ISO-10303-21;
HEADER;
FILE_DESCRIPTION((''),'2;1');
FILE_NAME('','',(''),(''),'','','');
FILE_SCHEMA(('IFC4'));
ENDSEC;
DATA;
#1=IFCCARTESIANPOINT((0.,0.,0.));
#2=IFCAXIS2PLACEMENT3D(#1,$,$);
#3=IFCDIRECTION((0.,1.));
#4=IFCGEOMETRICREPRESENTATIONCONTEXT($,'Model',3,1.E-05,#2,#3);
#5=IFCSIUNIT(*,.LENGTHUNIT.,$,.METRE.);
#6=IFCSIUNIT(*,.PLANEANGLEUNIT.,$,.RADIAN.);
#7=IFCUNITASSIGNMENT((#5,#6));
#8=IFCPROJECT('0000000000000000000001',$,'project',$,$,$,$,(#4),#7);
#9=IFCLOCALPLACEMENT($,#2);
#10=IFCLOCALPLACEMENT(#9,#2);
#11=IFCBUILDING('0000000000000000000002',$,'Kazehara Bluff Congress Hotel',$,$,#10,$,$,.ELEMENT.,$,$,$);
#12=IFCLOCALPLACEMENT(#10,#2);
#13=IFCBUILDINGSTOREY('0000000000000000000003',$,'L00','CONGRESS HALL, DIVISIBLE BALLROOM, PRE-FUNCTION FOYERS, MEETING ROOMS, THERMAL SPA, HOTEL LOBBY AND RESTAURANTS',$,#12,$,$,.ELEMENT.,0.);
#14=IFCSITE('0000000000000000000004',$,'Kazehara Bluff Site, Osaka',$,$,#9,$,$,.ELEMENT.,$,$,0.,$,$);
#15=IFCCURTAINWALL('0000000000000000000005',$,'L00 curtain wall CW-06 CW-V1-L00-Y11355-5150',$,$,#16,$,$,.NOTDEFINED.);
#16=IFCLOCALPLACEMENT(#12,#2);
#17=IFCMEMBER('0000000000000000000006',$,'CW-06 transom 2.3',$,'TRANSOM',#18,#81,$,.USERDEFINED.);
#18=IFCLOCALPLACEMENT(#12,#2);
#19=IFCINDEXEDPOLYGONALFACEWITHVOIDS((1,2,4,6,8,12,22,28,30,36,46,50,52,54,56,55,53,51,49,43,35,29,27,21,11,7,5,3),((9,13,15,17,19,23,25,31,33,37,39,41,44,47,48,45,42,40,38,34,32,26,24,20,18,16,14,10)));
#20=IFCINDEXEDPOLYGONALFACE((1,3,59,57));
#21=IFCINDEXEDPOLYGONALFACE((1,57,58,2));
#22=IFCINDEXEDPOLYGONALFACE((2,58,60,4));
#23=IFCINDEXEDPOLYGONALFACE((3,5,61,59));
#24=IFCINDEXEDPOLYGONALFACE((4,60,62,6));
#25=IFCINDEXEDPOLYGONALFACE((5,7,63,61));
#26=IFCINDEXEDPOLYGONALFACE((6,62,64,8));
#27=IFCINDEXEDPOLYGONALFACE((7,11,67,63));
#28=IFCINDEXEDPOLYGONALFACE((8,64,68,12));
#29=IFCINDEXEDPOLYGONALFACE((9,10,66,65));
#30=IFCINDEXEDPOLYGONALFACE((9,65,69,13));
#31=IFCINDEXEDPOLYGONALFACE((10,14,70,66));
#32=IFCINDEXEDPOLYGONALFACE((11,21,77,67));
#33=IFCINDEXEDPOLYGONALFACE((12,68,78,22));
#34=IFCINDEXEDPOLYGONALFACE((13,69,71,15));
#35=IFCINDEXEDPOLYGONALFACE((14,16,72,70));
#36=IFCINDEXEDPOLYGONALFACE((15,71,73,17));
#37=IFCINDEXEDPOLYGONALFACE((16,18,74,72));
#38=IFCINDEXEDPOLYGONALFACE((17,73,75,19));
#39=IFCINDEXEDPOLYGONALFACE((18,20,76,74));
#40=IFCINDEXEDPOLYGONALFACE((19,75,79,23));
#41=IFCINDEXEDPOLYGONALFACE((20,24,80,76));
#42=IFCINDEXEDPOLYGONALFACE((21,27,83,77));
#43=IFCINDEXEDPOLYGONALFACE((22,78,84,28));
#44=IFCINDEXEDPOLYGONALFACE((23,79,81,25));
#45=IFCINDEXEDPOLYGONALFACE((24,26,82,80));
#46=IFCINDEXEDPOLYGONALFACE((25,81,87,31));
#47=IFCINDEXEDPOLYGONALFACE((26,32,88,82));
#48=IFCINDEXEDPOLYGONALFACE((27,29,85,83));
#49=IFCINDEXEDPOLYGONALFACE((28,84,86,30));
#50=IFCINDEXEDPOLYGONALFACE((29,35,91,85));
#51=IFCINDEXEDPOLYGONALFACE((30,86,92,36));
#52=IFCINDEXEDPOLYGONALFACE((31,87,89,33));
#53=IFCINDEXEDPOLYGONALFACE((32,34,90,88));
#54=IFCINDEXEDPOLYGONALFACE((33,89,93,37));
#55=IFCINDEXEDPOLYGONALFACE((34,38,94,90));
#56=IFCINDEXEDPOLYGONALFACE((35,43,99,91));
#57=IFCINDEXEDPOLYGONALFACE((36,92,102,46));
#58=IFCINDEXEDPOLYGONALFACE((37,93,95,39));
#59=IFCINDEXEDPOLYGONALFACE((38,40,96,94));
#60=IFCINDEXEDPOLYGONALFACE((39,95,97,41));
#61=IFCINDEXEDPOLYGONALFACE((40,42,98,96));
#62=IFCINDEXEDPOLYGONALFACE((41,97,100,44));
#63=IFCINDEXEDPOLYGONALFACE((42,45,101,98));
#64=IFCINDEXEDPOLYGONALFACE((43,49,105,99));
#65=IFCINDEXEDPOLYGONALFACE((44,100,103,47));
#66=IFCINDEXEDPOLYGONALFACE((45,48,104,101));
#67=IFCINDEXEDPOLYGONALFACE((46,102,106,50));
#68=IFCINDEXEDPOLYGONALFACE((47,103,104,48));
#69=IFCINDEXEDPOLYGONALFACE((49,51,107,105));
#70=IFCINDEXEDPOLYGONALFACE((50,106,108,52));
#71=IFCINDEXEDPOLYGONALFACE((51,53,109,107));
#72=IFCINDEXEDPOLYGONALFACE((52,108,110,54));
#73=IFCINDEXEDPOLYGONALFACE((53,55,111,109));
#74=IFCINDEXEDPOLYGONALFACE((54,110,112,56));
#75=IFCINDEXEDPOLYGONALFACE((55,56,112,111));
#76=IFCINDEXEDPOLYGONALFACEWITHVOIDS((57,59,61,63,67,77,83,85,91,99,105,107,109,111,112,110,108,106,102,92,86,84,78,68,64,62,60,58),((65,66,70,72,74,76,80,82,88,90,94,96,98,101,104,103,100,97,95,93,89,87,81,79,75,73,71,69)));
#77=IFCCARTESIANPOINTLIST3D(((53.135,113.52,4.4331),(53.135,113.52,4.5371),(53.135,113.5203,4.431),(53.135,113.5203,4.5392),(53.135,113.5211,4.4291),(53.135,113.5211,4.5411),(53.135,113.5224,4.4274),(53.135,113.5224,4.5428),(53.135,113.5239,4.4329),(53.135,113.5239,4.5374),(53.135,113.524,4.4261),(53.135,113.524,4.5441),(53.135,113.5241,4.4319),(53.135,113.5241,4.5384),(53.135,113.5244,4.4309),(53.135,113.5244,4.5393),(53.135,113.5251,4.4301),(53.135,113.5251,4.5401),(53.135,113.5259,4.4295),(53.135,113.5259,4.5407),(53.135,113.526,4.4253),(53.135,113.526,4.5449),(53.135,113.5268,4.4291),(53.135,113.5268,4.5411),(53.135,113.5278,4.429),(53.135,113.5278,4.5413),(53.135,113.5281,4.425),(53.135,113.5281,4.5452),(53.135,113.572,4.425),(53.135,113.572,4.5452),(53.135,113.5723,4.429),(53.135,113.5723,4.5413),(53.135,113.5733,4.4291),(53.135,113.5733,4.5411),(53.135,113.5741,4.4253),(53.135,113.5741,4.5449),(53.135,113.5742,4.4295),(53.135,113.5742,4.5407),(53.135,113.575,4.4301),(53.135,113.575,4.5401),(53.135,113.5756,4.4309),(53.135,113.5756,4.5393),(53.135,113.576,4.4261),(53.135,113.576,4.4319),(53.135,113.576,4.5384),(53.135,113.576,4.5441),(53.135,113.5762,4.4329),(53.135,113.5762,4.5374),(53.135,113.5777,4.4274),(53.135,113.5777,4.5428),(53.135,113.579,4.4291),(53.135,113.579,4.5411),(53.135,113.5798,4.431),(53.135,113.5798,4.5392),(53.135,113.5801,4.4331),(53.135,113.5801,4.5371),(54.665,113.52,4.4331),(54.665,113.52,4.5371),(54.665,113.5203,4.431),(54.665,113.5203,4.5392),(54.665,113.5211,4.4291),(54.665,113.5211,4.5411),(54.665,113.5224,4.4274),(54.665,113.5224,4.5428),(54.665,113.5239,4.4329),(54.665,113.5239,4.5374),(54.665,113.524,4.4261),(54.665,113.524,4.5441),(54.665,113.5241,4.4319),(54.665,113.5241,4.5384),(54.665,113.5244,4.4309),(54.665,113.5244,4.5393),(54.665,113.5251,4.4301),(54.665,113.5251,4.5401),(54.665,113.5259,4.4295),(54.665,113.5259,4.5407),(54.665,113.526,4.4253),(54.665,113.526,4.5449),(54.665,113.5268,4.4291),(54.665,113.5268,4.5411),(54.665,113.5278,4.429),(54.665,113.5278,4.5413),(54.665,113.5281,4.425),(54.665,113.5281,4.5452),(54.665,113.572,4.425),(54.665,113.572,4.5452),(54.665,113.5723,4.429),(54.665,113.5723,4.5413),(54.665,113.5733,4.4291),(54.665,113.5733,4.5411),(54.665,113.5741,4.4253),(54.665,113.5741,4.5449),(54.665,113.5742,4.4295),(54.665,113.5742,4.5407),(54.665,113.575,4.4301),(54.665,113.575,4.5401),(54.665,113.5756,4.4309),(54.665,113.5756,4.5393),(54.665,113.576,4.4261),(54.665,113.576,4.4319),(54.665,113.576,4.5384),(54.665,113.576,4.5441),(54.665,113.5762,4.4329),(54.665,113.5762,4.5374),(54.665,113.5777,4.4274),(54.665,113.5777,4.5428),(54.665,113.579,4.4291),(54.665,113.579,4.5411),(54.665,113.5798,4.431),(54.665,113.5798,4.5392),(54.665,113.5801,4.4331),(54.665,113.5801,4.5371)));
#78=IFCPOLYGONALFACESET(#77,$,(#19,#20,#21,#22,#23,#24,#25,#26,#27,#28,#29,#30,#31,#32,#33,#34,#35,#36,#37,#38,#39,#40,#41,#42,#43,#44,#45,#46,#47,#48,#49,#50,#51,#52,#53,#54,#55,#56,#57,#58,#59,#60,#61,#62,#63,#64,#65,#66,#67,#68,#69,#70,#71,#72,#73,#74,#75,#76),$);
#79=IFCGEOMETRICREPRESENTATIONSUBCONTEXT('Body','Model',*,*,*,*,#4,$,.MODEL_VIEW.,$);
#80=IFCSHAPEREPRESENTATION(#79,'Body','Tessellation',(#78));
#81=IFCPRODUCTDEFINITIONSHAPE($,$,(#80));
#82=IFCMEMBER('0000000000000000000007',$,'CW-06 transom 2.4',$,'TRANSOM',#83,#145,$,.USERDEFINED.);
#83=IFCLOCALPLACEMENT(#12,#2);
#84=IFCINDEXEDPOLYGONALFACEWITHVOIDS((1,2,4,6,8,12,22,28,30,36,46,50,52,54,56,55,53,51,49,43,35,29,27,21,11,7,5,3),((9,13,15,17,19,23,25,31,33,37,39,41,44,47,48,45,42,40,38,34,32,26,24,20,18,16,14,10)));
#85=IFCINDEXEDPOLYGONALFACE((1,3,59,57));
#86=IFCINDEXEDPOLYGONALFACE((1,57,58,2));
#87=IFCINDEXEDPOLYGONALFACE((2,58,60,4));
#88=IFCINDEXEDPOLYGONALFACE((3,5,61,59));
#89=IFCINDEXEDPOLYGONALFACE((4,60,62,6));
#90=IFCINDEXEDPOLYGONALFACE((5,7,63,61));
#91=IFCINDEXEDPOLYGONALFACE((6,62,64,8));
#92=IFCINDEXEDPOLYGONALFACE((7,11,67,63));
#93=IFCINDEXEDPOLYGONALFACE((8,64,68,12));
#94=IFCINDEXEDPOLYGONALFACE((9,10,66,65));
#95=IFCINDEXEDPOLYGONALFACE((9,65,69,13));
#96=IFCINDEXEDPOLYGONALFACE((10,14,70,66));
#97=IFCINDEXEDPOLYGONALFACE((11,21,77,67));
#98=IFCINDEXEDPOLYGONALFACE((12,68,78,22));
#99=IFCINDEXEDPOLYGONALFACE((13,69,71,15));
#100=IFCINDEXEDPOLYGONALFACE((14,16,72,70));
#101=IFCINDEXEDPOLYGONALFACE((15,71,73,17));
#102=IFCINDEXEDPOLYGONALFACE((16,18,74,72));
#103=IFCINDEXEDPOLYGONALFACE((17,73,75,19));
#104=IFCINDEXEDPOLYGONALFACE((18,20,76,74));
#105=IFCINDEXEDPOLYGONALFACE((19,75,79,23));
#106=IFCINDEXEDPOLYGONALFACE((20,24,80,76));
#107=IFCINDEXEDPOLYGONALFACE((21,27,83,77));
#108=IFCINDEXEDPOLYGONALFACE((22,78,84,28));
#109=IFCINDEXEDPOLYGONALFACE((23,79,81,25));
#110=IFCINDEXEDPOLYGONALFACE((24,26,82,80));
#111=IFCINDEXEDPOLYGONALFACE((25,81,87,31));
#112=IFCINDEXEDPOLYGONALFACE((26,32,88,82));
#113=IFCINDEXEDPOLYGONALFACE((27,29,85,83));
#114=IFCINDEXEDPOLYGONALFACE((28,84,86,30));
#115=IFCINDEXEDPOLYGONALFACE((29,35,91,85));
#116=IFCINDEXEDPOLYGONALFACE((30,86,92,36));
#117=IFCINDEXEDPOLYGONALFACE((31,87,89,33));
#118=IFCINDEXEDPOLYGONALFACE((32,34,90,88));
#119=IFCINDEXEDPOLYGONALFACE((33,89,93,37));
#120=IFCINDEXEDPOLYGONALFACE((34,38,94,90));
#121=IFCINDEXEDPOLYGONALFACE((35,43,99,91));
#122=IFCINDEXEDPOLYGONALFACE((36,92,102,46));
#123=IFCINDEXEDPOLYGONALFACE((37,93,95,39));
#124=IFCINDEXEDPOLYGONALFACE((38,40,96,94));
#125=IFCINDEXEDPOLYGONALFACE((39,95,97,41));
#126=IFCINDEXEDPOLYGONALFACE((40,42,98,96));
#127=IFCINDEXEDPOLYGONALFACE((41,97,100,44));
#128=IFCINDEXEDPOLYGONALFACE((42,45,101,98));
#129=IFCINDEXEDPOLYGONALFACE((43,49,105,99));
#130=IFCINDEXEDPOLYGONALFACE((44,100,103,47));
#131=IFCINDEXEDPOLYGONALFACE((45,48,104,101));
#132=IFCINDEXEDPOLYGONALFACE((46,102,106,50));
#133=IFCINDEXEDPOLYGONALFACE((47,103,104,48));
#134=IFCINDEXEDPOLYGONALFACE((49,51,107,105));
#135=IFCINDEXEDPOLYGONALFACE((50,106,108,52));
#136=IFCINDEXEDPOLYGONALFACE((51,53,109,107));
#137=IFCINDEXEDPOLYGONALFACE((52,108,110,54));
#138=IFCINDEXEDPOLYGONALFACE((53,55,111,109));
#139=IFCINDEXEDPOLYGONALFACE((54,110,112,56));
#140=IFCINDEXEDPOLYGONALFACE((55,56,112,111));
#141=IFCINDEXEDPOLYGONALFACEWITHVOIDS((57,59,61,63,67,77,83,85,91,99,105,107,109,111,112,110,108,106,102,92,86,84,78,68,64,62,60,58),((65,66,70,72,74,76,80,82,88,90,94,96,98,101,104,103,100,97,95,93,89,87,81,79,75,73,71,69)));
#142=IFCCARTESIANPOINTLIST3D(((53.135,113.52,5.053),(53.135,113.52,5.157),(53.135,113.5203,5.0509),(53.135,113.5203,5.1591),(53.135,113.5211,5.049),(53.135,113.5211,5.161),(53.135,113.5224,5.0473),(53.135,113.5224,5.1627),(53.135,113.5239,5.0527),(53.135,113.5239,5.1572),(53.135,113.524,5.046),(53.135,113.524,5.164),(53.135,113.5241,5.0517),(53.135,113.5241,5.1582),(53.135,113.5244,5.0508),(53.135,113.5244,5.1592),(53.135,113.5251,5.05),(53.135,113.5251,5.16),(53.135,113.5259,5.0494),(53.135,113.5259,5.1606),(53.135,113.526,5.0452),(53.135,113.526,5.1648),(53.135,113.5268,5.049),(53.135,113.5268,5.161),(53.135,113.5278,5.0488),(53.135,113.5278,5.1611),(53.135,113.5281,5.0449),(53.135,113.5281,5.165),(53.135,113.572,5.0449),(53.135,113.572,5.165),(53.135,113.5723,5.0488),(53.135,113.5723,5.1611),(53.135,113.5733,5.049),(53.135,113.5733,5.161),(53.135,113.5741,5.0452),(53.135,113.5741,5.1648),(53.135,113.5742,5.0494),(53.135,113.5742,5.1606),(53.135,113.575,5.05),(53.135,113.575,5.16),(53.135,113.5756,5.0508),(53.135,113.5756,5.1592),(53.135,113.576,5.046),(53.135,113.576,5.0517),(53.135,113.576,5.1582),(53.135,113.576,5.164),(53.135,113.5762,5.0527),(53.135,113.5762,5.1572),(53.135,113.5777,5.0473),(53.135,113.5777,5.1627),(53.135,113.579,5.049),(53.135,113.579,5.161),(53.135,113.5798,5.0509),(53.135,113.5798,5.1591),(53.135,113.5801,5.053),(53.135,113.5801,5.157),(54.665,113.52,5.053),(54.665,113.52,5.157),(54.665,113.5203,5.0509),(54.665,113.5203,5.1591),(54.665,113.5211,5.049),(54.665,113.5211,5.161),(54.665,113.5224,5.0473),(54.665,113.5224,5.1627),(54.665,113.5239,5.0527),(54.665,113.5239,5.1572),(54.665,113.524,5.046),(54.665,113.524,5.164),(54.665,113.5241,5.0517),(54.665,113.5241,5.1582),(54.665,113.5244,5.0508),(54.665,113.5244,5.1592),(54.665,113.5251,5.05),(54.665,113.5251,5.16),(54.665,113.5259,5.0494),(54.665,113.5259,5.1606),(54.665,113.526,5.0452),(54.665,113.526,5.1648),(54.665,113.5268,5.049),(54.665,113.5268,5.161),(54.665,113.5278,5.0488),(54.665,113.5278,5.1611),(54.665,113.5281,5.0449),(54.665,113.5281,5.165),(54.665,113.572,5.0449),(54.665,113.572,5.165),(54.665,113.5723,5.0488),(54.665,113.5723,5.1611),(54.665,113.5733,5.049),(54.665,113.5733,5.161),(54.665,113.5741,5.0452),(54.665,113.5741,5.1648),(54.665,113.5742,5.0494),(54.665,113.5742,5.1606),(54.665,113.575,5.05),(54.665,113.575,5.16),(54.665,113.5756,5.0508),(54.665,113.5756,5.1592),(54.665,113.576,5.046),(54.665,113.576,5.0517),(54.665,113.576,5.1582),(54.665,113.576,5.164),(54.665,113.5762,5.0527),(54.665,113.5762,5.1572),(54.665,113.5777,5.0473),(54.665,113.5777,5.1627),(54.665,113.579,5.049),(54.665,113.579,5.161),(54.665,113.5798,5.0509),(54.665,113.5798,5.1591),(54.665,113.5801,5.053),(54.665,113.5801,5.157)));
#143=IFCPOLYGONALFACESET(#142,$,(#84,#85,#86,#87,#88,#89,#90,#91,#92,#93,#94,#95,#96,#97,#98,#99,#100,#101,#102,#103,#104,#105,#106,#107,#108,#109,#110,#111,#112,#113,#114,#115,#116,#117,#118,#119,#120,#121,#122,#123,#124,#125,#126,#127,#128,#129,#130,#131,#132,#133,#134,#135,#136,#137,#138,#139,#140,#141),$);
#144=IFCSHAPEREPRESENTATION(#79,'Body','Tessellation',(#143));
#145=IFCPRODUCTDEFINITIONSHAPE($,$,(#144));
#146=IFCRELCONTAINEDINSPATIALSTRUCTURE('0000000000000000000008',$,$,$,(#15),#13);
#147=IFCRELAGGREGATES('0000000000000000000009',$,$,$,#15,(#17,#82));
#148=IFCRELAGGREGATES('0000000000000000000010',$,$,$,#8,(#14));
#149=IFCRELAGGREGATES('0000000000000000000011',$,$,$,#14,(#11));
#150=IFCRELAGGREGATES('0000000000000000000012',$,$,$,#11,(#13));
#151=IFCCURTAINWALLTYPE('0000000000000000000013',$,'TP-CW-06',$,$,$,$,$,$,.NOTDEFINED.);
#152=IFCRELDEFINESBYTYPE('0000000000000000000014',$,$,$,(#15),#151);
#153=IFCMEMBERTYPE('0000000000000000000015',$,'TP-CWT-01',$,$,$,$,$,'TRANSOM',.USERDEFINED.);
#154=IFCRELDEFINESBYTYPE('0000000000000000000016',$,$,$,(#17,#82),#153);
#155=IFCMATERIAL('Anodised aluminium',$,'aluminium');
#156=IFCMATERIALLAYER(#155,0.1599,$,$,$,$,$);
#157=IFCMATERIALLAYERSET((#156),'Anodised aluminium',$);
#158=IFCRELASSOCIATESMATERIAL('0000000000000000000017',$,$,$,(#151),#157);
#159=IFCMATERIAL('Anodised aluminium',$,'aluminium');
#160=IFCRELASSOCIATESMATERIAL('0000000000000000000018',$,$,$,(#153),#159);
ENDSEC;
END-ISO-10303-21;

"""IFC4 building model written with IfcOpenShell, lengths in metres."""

from ifc_helpers import new_model, si_unit, direction, frame, origin, origin_2d, place, context, subcontext, project, spatial, hollow_rectangle, extrude, material, layer, layer_set, material_profile, profile_set, type_object, element, aggregate, save


model = new_model("IFC4")

# Units and contexts
model_context = context("Model", 3, precision=1e-05, world=origin(), true_north=direction((0.0, 1.0)))
body_context = subcontext(model_context, "Body", "Model", "MODEL_VIEW")
ifc_project = project(units=[si_unit("LENGTHUNIT", "METRE"), si_unit("PLANEANGLEUNIT", "RADIAN")], contexts=[model_context])

# Site, building, storey
site_placement = place(None, origin())
site = spatial("IfcSite", under=ifc_project, at=site_placement, Name="Kazehara Bluff Site, Osaka", CompositionType="ELEMENT", RefElevation=0.0)
building_placement = place(site_placement, origin())
building = spatial("IfcBuilding", under=site, at=building_placement, Name="Kazehara Bluff Congress Hotel", CompositionType="ELEMENT")
storey_placement = place(building_placement, origin())
storey = spatial("IfcBuildingStorey", under=building, at=storey_placement, Name="L00", Description="CONGRESS HALL, DIVISIBLE BALLROOM, PRE-FUNCTION FOYERS, MEETING ROOMS, THERMAL SPA, HOTEL LOBBY AND RESTAURANTS", CompositionType="ELEMENT", Elevation=0.0)

# Curtain wall, members
ifc_material_1 = material(Name="Anodised aluminium", Category="aluminium")
ifc_layer_1 = layer(ifc_material_1, 0.1599)
ifc_layer_set_1 = layer_set([ifc_layer_1], Name="Anodised aluminium")
curtain_wall_type = type_object("IfcCurtainWallType", Name="TP-CW-06", PredefinedType="NOTDEFINED", material=ifc_layer_set_1)
curtain_wall_placement = place(storey_placement, origin())
curtain_wall = element("IfcCurtainWall", 1, at=curtain_wall_placement, inside=storey, type_object=curtain_wall_type, Name="L00 curtain wall CW-06 CW-V1-L00-Y11355-5150", PredefinedType="NOTDEFINED")
ifc_material_2 = material(Name="Anodised aluminium", Category="aluminium")
ifc_material_profile_1 = material_profile(ifc_material_2, hollow_rectangle(XDim=0.0601, YDim=0.1201, WallThickness=0.0039, InnerFilletRadius=0.0039, OuterFilletRadius=0.0081, at=origin_2d()))
ifc_profile_set_1 = profile_set([ifc_material_profile_1], Name="Anodised aluminium")
member_type_1 = type_object("IfcMemberType", Name="TP-CWT-01", ElementType="TRANSOM", PredefinedType="USERDEFINED", material=ifc_profile_set_1)
member_1_placement = place(storey_placement, frame((53.135, 113.55, 4.4851), z_axis=(1.0, 0.0, 0.0), x_axis=(0.0, 1.0, 0.0)))
member_1 = element("IfcMember", 2, at=member_1_placement, type_object=member_type_1, Name="CW-06 transom 2.3", ObjectType="TRANSOM", PredefinedType="USERDEFINED", context=body_context, shape_type="SweptSolid", body=[
    extrude(hollow_rectangle(XDim=0.0601, YDim=0.1201, WallThickness=0.0039, InnerFilletRadius=0.0039, OuterFilletRadius=0.0081, at=origin_2d()), origin(), (0.0, 0.0, 1.0), 1.53),
])
member_2_placement = place(storey_placement, frame((53.135, 113.55, 5.105), z_axis=(1.0, 0.0, 0.0), x_axis=(0.0, 1.0, 0.0)))
member_2 = element("IfcMember", 3, at=member_2_placement, type_object=member_type_1, Name="CW-06 transom 2.4", ObjectType="TRANSOM", PredefinedType="USERDEFINED", context=body_context, shape_type="SweptSolid", body=[
    extrude(hollow_rectangle(XDim=0.0601, YDim=0.1201, WallThickness=0.0039, InnerFilletRadius=0.0039, OuterFilletRadius=0.0081, at=origin_2d()), origin(), (0.0, 0.0, 1.0), 1.53),
])
aggregate(curtain_wall, [member_1, member_2])

save(model, "model.ifc")
